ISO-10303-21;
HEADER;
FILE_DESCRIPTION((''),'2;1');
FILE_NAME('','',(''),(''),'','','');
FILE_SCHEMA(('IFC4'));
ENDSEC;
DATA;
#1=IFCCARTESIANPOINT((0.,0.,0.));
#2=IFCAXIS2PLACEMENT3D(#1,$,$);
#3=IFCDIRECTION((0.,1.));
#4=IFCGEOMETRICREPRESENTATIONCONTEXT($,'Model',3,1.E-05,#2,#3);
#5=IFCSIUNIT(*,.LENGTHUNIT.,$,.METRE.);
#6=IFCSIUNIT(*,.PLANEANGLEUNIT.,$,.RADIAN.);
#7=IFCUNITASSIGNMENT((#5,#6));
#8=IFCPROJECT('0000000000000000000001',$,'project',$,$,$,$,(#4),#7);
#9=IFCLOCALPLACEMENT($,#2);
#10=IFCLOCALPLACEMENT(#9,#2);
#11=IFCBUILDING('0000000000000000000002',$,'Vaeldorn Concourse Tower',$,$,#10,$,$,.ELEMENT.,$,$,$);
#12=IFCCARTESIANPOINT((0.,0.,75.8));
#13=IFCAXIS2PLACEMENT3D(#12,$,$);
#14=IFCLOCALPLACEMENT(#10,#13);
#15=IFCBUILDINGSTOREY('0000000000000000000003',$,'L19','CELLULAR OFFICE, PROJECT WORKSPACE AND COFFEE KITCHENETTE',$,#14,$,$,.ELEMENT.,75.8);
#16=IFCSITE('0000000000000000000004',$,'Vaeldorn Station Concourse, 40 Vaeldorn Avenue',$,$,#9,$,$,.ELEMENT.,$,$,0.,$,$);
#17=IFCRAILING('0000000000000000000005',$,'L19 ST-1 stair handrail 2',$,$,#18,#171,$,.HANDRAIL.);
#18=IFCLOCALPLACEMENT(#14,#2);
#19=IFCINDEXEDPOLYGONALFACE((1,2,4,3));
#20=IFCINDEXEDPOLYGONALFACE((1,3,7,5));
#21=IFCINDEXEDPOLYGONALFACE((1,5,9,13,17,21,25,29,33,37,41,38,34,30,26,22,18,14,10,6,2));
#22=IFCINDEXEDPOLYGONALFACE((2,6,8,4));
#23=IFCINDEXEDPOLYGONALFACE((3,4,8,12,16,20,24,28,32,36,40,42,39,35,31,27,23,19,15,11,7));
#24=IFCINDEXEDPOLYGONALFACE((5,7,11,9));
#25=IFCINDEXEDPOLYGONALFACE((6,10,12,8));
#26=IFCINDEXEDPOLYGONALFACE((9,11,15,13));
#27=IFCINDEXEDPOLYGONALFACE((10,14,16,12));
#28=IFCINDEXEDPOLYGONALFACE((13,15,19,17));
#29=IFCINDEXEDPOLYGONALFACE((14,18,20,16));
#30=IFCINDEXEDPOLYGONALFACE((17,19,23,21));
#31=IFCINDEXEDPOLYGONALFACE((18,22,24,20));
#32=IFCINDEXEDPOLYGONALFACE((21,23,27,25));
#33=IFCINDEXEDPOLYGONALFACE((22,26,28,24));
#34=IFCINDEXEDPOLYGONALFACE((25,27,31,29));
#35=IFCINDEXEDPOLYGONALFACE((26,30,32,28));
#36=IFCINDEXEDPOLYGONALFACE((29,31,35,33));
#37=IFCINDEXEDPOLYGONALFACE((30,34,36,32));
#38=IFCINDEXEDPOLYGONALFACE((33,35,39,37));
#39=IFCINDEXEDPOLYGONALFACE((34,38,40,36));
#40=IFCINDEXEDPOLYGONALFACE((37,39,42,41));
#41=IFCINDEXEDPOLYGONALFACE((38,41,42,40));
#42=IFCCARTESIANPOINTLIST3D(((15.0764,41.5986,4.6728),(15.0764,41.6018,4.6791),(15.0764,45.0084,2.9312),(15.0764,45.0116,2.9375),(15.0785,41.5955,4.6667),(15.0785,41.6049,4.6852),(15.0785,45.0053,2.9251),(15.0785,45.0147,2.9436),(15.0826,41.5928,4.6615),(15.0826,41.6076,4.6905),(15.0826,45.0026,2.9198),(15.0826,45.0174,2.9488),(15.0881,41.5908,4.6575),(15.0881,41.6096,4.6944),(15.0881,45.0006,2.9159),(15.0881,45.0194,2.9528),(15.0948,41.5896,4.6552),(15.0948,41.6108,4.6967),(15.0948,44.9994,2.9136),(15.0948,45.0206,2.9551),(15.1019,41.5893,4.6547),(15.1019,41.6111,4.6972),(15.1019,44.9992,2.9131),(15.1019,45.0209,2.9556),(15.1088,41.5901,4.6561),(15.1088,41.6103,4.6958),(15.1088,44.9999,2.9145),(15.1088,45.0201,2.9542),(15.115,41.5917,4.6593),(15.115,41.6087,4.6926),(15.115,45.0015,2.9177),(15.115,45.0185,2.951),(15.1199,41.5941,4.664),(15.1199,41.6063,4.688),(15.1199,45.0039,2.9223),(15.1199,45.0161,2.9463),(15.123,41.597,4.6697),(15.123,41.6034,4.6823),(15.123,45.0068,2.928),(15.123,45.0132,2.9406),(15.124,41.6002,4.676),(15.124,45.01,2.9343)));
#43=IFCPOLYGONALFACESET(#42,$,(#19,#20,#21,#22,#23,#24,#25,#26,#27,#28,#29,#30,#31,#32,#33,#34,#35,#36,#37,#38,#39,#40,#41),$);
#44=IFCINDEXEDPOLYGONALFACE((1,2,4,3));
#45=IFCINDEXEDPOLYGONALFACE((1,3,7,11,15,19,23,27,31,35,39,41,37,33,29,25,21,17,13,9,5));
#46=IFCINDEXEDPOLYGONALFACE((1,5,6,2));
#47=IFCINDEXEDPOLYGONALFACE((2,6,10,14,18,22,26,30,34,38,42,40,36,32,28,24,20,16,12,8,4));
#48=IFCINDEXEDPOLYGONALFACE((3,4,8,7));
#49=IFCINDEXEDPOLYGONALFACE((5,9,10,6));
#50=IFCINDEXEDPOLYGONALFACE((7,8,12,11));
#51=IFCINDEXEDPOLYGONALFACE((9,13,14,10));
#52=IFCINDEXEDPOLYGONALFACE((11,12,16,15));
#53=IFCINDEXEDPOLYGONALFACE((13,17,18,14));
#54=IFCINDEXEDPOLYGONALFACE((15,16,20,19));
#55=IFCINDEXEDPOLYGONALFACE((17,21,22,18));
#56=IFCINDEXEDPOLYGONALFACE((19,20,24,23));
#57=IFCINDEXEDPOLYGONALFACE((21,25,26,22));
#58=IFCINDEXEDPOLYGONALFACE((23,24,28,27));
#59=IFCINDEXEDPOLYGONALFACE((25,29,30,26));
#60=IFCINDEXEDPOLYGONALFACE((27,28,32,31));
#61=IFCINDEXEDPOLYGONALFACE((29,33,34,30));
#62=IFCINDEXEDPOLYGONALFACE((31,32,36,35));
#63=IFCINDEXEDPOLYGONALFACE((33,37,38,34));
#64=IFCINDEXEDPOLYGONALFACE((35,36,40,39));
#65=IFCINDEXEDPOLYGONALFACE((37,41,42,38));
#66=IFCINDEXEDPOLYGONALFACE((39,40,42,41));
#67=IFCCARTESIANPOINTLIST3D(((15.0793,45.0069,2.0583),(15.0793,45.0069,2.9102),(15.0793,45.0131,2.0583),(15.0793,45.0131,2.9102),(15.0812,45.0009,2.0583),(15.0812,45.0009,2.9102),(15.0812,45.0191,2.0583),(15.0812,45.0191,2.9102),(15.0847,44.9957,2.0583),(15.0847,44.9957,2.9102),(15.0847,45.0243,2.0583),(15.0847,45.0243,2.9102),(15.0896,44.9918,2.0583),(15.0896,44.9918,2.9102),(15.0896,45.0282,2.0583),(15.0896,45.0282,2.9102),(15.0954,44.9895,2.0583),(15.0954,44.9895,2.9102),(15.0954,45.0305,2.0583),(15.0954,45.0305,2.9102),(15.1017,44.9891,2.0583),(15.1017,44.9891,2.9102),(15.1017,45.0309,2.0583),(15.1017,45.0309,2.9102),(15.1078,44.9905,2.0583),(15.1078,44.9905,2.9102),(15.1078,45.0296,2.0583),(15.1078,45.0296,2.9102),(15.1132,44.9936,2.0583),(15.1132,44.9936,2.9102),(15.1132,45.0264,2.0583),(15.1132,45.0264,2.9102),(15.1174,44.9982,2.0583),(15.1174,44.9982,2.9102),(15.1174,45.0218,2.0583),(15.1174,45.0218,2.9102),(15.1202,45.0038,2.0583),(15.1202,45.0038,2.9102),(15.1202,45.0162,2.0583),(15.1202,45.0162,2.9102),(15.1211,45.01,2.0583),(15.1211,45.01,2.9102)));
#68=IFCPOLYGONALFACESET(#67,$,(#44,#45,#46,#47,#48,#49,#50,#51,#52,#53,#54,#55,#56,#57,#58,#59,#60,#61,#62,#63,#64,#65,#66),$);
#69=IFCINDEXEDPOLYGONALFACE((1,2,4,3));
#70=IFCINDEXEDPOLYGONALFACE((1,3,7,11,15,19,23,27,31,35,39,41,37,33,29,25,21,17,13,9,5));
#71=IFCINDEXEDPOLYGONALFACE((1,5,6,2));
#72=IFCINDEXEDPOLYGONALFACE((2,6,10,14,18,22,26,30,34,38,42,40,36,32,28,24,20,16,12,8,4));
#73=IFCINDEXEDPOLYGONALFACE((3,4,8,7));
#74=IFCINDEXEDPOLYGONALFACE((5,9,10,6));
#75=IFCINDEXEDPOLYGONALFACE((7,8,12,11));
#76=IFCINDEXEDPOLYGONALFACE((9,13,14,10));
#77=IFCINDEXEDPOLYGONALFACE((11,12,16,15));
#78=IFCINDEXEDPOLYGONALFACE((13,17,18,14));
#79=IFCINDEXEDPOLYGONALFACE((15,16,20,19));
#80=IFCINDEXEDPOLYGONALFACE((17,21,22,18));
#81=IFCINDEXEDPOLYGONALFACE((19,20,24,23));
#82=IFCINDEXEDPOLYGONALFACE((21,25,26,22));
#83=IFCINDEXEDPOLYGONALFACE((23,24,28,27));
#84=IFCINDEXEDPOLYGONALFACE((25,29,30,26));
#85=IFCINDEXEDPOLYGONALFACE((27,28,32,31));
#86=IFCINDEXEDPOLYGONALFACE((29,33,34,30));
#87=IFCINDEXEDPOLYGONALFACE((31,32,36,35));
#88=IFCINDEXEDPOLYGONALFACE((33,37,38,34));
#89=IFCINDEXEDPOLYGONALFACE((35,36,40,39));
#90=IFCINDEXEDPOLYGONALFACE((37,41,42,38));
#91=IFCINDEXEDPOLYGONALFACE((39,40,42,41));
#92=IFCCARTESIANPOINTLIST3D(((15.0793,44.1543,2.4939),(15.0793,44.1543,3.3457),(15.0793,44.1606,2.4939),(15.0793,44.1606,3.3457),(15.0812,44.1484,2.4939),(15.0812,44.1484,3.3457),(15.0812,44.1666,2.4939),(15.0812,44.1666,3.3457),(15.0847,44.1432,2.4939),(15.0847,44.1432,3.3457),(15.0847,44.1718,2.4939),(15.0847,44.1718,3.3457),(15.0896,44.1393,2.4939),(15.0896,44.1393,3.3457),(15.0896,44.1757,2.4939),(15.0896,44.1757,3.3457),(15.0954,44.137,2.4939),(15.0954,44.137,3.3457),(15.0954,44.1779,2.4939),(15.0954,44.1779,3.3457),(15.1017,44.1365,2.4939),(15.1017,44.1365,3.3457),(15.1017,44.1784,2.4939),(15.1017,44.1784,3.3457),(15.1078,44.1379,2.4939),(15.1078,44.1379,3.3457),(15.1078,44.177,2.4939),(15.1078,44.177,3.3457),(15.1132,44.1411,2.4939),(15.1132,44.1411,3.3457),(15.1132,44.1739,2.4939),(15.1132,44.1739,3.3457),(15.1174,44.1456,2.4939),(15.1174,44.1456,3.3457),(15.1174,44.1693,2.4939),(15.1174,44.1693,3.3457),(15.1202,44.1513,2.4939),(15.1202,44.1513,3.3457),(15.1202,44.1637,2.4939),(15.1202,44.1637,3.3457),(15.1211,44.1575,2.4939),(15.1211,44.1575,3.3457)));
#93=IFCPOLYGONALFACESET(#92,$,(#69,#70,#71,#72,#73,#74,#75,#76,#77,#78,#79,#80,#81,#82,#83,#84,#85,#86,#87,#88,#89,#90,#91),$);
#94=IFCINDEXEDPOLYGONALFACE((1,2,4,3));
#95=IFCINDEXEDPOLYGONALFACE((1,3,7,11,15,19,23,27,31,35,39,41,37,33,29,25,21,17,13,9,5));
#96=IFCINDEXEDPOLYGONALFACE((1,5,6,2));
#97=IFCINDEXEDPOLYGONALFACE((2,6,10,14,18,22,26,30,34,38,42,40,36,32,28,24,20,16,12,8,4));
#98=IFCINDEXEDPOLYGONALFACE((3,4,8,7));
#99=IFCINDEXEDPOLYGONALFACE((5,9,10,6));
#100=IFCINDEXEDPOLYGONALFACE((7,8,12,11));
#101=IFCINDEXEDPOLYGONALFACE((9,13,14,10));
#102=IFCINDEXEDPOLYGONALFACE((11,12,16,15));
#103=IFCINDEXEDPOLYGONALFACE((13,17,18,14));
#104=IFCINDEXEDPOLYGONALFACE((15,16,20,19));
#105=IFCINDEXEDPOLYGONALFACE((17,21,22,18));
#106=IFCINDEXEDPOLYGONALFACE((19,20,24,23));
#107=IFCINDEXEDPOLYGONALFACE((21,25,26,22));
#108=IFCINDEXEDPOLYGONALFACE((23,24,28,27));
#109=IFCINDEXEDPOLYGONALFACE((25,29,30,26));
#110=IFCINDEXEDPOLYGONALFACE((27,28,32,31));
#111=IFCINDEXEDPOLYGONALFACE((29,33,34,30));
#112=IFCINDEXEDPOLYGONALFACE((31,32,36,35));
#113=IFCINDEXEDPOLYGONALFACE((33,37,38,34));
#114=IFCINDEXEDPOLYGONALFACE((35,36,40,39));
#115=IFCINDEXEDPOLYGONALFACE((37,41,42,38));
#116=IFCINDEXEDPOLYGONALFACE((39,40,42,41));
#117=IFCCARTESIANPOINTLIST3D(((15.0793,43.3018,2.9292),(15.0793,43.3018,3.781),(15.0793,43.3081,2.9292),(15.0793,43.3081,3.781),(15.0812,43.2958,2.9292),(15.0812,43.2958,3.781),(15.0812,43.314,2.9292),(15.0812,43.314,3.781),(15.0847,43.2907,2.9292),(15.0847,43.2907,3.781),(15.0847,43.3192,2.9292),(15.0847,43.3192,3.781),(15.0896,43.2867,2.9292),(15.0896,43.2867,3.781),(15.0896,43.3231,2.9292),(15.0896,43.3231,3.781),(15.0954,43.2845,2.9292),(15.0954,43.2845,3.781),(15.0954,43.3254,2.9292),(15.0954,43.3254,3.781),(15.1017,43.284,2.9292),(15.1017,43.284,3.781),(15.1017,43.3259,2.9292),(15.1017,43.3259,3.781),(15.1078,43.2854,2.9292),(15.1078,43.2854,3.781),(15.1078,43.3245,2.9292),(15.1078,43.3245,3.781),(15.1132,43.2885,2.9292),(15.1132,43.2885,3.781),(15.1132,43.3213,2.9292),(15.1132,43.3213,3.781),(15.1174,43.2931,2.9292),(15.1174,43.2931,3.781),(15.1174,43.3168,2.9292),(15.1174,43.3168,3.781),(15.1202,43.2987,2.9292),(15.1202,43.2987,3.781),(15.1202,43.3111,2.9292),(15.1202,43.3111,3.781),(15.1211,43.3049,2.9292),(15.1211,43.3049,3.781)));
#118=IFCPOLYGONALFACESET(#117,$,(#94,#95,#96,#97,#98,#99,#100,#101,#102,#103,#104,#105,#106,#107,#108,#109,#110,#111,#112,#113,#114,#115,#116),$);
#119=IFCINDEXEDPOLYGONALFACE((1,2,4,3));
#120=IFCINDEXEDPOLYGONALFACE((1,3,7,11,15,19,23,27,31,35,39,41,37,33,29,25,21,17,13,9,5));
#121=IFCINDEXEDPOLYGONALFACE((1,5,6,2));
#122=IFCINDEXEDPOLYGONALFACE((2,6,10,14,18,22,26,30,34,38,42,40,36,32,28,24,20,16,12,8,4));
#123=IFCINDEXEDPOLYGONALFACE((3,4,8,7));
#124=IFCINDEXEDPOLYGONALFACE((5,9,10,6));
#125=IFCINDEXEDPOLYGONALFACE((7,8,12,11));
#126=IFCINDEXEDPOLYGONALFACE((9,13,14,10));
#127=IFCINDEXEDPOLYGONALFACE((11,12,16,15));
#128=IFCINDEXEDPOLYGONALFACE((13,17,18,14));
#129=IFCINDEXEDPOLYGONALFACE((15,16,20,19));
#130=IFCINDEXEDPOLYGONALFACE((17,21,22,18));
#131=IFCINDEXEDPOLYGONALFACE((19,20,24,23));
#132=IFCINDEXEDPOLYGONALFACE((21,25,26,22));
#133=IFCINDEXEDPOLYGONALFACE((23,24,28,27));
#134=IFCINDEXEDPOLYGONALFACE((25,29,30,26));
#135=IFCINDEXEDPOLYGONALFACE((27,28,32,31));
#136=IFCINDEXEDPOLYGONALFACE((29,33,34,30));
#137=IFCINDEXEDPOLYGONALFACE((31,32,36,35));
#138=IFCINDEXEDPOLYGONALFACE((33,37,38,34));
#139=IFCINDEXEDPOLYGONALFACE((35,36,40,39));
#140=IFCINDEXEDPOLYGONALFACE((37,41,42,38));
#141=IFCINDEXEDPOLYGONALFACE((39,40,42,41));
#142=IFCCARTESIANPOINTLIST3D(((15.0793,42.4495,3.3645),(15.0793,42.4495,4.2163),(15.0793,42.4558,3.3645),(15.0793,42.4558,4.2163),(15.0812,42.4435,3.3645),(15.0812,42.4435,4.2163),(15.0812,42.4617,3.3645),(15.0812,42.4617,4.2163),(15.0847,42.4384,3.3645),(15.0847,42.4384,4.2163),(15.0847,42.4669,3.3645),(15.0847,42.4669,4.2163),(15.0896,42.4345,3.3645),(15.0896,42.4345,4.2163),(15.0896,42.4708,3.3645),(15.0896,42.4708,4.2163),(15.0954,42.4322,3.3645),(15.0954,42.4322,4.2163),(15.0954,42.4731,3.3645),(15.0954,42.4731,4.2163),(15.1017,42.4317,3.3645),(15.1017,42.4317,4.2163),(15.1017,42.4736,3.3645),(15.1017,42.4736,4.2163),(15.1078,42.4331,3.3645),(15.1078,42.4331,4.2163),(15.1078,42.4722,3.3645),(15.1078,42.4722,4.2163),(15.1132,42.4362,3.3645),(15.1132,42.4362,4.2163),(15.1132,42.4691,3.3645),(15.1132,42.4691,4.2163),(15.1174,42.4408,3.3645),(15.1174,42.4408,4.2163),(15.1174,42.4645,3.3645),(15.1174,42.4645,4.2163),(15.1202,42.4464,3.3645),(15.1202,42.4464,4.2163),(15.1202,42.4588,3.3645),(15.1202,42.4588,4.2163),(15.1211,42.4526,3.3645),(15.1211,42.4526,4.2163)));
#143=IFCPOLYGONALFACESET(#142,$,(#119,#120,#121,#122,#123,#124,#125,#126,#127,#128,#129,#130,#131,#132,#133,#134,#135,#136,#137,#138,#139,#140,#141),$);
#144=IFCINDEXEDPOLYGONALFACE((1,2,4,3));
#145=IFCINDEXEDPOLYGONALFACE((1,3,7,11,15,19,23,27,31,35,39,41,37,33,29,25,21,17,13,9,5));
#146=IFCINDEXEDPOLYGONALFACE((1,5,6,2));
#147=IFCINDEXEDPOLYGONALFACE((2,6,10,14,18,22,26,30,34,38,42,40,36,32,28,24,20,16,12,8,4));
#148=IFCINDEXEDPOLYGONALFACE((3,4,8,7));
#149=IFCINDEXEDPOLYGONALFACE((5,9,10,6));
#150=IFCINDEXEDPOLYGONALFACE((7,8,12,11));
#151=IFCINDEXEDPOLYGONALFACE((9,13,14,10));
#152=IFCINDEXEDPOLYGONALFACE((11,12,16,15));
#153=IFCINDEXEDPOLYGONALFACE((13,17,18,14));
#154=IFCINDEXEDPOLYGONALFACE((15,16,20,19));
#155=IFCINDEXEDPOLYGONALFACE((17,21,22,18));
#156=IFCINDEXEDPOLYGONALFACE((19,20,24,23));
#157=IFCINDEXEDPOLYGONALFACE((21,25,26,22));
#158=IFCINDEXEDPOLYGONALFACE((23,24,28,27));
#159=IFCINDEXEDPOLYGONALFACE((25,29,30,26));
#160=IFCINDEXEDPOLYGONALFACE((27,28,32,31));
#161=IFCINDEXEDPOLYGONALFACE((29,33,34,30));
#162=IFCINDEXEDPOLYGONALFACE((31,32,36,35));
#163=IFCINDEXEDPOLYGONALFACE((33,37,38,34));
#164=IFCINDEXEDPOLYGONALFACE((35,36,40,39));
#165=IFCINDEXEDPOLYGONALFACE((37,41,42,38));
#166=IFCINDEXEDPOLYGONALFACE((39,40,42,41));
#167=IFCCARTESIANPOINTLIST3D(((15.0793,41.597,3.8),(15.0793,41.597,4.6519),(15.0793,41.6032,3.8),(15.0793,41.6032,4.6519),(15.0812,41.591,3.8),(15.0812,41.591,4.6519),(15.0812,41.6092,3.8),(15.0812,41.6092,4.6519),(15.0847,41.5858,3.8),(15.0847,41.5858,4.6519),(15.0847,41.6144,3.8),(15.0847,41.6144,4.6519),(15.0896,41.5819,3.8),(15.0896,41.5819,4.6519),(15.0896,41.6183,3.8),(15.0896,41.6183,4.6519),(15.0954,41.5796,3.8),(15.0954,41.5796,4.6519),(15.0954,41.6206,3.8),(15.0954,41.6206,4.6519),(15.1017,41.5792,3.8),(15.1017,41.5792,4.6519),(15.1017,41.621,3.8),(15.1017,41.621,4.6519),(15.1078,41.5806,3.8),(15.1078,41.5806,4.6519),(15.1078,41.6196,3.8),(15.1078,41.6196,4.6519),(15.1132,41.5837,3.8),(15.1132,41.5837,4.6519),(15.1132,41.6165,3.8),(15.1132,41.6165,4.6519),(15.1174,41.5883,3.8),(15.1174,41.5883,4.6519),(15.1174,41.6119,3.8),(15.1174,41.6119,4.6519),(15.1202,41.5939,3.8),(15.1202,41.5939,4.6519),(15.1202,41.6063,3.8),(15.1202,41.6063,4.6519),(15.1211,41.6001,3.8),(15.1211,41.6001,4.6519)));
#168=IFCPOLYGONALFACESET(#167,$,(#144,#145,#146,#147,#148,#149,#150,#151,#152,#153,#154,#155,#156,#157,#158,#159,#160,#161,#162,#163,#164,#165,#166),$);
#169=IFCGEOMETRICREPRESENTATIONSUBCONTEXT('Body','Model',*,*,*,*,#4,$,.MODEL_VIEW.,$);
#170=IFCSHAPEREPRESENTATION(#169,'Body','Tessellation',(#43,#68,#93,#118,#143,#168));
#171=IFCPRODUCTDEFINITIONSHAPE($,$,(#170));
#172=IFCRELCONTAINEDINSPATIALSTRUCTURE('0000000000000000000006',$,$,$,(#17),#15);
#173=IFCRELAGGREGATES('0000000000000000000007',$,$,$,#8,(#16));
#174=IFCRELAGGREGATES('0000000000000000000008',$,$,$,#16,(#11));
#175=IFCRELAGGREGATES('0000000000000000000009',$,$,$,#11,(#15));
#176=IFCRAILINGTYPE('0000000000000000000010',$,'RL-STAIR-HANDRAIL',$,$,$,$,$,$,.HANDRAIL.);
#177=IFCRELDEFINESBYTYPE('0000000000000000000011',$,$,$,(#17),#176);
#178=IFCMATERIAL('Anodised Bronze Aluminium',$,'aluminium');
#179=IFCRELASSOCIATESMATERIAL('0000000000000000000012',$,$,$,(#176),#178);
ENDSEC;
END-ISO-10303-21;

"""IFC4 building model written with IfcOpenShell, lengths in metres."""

from ifc_helpers import new_model, si_unit, direction, frame, origin, origin_2d, place, context, subcontext, project, spatial, circle, extrude, material, type_object, element, save


model = new_model("IFC4")

# Units and contexts
model_context = context("Model", 3, precision=1e-05, world=origin(), true_north=direction((0.0, 1.0)))
body_context = subcontext(model_context, "Body", "Model", "MODEL_VIEW")
ifc_project = project(units=[si_unit("LENGTHUNIT", "METRE"), si_unit("PLANEANGLEUNIT", "RADIAN")], contexts=[model_context])

# Site, building, storey
site_placement = place(None, origin())
site = spatial("IfcSite", under=ifc_project, at=site_placement, Name="Vaeldorn Station Concourse, 40 Vaeldorn Avenue", CompositionType="ELEMENT", RefElevation=0.0)
building_placement = place(site_placement, origin())
building = spatial("IfcBuilding", under=site, at=building_placement, Name="Vaeldorn Concourse Tower", CompositionType="ELEMENT")
storey_placement = place(building_placement, frame((0.0, 0.0, 75.8)))
storey = spatial("IfcBuildingStorey", under=building, at=storey_placement, Name="L19", Description="CELLULAR OFFICE, PROJECT WORKSPACE AND COFFEE KITCHENETTE", CompositionType="ELEMENT", Elevation=75.8)

# Shared definitions
ifc_material_1 = material(Name="Anodised Bronze Aluminium", Category="aluminium")

# Railing
railing_type_1 = type_object("IfcRailingType", Name="RL-STAIR-HANDRAIL", PredefinedType="HANDRAIL", material=ifc_material_1)
railing_1_placement = place(storey_placement, frame((15.1001, 45.01, 2.0583)))
element("IfcRailing", 1, at=railing_1_placement, inside=storey, type_object=railing_type_1, Name="L19 ST-1 stair handrail 2", PredefinedType="HANDRAIL", context=body_context, shape_type="SweptSolid", body=[
    extrude(circle(Radius=0.0239, at=origin_2d()), frame((0.0, 0.0, 0.876), z_axis=(0.0, -0.890556, 0.454874), x_axis=(1.0, 0.0, 0.0)), (0.0, 0.0, 1.0), 3.8289),
    extrude(circle(Radius=0.021, at=origin_2d()), origin(), (0.0, 0.0, 1.0), 0.8518),
    extrude(circle(Radius=0.021, at=origin_2d()), frame((0.0, -0.8525, 0.4355)), (0.0, 0.0, 1.0), 0.8518),
    extrude(circle(Radius=0.021, at=origin_2d()), frame((0.0, -1.7051, 0.8708)), (0.0, 0.0, 1.0), 0.8518),
    extrude(circle(Radius=0.021, at=origin_2d()), frame((0.0, -2.5574, 1.3062)), (0.0, 0.0, 1.0), 0.8518),
    extrude(circle(Radius=0.021, at=origin_2d()), frame((0.0, -3.4099, 1.7417)), (0.0, 0.0, 1.0), 0.8518),
])

save(model, "model.ifc")
